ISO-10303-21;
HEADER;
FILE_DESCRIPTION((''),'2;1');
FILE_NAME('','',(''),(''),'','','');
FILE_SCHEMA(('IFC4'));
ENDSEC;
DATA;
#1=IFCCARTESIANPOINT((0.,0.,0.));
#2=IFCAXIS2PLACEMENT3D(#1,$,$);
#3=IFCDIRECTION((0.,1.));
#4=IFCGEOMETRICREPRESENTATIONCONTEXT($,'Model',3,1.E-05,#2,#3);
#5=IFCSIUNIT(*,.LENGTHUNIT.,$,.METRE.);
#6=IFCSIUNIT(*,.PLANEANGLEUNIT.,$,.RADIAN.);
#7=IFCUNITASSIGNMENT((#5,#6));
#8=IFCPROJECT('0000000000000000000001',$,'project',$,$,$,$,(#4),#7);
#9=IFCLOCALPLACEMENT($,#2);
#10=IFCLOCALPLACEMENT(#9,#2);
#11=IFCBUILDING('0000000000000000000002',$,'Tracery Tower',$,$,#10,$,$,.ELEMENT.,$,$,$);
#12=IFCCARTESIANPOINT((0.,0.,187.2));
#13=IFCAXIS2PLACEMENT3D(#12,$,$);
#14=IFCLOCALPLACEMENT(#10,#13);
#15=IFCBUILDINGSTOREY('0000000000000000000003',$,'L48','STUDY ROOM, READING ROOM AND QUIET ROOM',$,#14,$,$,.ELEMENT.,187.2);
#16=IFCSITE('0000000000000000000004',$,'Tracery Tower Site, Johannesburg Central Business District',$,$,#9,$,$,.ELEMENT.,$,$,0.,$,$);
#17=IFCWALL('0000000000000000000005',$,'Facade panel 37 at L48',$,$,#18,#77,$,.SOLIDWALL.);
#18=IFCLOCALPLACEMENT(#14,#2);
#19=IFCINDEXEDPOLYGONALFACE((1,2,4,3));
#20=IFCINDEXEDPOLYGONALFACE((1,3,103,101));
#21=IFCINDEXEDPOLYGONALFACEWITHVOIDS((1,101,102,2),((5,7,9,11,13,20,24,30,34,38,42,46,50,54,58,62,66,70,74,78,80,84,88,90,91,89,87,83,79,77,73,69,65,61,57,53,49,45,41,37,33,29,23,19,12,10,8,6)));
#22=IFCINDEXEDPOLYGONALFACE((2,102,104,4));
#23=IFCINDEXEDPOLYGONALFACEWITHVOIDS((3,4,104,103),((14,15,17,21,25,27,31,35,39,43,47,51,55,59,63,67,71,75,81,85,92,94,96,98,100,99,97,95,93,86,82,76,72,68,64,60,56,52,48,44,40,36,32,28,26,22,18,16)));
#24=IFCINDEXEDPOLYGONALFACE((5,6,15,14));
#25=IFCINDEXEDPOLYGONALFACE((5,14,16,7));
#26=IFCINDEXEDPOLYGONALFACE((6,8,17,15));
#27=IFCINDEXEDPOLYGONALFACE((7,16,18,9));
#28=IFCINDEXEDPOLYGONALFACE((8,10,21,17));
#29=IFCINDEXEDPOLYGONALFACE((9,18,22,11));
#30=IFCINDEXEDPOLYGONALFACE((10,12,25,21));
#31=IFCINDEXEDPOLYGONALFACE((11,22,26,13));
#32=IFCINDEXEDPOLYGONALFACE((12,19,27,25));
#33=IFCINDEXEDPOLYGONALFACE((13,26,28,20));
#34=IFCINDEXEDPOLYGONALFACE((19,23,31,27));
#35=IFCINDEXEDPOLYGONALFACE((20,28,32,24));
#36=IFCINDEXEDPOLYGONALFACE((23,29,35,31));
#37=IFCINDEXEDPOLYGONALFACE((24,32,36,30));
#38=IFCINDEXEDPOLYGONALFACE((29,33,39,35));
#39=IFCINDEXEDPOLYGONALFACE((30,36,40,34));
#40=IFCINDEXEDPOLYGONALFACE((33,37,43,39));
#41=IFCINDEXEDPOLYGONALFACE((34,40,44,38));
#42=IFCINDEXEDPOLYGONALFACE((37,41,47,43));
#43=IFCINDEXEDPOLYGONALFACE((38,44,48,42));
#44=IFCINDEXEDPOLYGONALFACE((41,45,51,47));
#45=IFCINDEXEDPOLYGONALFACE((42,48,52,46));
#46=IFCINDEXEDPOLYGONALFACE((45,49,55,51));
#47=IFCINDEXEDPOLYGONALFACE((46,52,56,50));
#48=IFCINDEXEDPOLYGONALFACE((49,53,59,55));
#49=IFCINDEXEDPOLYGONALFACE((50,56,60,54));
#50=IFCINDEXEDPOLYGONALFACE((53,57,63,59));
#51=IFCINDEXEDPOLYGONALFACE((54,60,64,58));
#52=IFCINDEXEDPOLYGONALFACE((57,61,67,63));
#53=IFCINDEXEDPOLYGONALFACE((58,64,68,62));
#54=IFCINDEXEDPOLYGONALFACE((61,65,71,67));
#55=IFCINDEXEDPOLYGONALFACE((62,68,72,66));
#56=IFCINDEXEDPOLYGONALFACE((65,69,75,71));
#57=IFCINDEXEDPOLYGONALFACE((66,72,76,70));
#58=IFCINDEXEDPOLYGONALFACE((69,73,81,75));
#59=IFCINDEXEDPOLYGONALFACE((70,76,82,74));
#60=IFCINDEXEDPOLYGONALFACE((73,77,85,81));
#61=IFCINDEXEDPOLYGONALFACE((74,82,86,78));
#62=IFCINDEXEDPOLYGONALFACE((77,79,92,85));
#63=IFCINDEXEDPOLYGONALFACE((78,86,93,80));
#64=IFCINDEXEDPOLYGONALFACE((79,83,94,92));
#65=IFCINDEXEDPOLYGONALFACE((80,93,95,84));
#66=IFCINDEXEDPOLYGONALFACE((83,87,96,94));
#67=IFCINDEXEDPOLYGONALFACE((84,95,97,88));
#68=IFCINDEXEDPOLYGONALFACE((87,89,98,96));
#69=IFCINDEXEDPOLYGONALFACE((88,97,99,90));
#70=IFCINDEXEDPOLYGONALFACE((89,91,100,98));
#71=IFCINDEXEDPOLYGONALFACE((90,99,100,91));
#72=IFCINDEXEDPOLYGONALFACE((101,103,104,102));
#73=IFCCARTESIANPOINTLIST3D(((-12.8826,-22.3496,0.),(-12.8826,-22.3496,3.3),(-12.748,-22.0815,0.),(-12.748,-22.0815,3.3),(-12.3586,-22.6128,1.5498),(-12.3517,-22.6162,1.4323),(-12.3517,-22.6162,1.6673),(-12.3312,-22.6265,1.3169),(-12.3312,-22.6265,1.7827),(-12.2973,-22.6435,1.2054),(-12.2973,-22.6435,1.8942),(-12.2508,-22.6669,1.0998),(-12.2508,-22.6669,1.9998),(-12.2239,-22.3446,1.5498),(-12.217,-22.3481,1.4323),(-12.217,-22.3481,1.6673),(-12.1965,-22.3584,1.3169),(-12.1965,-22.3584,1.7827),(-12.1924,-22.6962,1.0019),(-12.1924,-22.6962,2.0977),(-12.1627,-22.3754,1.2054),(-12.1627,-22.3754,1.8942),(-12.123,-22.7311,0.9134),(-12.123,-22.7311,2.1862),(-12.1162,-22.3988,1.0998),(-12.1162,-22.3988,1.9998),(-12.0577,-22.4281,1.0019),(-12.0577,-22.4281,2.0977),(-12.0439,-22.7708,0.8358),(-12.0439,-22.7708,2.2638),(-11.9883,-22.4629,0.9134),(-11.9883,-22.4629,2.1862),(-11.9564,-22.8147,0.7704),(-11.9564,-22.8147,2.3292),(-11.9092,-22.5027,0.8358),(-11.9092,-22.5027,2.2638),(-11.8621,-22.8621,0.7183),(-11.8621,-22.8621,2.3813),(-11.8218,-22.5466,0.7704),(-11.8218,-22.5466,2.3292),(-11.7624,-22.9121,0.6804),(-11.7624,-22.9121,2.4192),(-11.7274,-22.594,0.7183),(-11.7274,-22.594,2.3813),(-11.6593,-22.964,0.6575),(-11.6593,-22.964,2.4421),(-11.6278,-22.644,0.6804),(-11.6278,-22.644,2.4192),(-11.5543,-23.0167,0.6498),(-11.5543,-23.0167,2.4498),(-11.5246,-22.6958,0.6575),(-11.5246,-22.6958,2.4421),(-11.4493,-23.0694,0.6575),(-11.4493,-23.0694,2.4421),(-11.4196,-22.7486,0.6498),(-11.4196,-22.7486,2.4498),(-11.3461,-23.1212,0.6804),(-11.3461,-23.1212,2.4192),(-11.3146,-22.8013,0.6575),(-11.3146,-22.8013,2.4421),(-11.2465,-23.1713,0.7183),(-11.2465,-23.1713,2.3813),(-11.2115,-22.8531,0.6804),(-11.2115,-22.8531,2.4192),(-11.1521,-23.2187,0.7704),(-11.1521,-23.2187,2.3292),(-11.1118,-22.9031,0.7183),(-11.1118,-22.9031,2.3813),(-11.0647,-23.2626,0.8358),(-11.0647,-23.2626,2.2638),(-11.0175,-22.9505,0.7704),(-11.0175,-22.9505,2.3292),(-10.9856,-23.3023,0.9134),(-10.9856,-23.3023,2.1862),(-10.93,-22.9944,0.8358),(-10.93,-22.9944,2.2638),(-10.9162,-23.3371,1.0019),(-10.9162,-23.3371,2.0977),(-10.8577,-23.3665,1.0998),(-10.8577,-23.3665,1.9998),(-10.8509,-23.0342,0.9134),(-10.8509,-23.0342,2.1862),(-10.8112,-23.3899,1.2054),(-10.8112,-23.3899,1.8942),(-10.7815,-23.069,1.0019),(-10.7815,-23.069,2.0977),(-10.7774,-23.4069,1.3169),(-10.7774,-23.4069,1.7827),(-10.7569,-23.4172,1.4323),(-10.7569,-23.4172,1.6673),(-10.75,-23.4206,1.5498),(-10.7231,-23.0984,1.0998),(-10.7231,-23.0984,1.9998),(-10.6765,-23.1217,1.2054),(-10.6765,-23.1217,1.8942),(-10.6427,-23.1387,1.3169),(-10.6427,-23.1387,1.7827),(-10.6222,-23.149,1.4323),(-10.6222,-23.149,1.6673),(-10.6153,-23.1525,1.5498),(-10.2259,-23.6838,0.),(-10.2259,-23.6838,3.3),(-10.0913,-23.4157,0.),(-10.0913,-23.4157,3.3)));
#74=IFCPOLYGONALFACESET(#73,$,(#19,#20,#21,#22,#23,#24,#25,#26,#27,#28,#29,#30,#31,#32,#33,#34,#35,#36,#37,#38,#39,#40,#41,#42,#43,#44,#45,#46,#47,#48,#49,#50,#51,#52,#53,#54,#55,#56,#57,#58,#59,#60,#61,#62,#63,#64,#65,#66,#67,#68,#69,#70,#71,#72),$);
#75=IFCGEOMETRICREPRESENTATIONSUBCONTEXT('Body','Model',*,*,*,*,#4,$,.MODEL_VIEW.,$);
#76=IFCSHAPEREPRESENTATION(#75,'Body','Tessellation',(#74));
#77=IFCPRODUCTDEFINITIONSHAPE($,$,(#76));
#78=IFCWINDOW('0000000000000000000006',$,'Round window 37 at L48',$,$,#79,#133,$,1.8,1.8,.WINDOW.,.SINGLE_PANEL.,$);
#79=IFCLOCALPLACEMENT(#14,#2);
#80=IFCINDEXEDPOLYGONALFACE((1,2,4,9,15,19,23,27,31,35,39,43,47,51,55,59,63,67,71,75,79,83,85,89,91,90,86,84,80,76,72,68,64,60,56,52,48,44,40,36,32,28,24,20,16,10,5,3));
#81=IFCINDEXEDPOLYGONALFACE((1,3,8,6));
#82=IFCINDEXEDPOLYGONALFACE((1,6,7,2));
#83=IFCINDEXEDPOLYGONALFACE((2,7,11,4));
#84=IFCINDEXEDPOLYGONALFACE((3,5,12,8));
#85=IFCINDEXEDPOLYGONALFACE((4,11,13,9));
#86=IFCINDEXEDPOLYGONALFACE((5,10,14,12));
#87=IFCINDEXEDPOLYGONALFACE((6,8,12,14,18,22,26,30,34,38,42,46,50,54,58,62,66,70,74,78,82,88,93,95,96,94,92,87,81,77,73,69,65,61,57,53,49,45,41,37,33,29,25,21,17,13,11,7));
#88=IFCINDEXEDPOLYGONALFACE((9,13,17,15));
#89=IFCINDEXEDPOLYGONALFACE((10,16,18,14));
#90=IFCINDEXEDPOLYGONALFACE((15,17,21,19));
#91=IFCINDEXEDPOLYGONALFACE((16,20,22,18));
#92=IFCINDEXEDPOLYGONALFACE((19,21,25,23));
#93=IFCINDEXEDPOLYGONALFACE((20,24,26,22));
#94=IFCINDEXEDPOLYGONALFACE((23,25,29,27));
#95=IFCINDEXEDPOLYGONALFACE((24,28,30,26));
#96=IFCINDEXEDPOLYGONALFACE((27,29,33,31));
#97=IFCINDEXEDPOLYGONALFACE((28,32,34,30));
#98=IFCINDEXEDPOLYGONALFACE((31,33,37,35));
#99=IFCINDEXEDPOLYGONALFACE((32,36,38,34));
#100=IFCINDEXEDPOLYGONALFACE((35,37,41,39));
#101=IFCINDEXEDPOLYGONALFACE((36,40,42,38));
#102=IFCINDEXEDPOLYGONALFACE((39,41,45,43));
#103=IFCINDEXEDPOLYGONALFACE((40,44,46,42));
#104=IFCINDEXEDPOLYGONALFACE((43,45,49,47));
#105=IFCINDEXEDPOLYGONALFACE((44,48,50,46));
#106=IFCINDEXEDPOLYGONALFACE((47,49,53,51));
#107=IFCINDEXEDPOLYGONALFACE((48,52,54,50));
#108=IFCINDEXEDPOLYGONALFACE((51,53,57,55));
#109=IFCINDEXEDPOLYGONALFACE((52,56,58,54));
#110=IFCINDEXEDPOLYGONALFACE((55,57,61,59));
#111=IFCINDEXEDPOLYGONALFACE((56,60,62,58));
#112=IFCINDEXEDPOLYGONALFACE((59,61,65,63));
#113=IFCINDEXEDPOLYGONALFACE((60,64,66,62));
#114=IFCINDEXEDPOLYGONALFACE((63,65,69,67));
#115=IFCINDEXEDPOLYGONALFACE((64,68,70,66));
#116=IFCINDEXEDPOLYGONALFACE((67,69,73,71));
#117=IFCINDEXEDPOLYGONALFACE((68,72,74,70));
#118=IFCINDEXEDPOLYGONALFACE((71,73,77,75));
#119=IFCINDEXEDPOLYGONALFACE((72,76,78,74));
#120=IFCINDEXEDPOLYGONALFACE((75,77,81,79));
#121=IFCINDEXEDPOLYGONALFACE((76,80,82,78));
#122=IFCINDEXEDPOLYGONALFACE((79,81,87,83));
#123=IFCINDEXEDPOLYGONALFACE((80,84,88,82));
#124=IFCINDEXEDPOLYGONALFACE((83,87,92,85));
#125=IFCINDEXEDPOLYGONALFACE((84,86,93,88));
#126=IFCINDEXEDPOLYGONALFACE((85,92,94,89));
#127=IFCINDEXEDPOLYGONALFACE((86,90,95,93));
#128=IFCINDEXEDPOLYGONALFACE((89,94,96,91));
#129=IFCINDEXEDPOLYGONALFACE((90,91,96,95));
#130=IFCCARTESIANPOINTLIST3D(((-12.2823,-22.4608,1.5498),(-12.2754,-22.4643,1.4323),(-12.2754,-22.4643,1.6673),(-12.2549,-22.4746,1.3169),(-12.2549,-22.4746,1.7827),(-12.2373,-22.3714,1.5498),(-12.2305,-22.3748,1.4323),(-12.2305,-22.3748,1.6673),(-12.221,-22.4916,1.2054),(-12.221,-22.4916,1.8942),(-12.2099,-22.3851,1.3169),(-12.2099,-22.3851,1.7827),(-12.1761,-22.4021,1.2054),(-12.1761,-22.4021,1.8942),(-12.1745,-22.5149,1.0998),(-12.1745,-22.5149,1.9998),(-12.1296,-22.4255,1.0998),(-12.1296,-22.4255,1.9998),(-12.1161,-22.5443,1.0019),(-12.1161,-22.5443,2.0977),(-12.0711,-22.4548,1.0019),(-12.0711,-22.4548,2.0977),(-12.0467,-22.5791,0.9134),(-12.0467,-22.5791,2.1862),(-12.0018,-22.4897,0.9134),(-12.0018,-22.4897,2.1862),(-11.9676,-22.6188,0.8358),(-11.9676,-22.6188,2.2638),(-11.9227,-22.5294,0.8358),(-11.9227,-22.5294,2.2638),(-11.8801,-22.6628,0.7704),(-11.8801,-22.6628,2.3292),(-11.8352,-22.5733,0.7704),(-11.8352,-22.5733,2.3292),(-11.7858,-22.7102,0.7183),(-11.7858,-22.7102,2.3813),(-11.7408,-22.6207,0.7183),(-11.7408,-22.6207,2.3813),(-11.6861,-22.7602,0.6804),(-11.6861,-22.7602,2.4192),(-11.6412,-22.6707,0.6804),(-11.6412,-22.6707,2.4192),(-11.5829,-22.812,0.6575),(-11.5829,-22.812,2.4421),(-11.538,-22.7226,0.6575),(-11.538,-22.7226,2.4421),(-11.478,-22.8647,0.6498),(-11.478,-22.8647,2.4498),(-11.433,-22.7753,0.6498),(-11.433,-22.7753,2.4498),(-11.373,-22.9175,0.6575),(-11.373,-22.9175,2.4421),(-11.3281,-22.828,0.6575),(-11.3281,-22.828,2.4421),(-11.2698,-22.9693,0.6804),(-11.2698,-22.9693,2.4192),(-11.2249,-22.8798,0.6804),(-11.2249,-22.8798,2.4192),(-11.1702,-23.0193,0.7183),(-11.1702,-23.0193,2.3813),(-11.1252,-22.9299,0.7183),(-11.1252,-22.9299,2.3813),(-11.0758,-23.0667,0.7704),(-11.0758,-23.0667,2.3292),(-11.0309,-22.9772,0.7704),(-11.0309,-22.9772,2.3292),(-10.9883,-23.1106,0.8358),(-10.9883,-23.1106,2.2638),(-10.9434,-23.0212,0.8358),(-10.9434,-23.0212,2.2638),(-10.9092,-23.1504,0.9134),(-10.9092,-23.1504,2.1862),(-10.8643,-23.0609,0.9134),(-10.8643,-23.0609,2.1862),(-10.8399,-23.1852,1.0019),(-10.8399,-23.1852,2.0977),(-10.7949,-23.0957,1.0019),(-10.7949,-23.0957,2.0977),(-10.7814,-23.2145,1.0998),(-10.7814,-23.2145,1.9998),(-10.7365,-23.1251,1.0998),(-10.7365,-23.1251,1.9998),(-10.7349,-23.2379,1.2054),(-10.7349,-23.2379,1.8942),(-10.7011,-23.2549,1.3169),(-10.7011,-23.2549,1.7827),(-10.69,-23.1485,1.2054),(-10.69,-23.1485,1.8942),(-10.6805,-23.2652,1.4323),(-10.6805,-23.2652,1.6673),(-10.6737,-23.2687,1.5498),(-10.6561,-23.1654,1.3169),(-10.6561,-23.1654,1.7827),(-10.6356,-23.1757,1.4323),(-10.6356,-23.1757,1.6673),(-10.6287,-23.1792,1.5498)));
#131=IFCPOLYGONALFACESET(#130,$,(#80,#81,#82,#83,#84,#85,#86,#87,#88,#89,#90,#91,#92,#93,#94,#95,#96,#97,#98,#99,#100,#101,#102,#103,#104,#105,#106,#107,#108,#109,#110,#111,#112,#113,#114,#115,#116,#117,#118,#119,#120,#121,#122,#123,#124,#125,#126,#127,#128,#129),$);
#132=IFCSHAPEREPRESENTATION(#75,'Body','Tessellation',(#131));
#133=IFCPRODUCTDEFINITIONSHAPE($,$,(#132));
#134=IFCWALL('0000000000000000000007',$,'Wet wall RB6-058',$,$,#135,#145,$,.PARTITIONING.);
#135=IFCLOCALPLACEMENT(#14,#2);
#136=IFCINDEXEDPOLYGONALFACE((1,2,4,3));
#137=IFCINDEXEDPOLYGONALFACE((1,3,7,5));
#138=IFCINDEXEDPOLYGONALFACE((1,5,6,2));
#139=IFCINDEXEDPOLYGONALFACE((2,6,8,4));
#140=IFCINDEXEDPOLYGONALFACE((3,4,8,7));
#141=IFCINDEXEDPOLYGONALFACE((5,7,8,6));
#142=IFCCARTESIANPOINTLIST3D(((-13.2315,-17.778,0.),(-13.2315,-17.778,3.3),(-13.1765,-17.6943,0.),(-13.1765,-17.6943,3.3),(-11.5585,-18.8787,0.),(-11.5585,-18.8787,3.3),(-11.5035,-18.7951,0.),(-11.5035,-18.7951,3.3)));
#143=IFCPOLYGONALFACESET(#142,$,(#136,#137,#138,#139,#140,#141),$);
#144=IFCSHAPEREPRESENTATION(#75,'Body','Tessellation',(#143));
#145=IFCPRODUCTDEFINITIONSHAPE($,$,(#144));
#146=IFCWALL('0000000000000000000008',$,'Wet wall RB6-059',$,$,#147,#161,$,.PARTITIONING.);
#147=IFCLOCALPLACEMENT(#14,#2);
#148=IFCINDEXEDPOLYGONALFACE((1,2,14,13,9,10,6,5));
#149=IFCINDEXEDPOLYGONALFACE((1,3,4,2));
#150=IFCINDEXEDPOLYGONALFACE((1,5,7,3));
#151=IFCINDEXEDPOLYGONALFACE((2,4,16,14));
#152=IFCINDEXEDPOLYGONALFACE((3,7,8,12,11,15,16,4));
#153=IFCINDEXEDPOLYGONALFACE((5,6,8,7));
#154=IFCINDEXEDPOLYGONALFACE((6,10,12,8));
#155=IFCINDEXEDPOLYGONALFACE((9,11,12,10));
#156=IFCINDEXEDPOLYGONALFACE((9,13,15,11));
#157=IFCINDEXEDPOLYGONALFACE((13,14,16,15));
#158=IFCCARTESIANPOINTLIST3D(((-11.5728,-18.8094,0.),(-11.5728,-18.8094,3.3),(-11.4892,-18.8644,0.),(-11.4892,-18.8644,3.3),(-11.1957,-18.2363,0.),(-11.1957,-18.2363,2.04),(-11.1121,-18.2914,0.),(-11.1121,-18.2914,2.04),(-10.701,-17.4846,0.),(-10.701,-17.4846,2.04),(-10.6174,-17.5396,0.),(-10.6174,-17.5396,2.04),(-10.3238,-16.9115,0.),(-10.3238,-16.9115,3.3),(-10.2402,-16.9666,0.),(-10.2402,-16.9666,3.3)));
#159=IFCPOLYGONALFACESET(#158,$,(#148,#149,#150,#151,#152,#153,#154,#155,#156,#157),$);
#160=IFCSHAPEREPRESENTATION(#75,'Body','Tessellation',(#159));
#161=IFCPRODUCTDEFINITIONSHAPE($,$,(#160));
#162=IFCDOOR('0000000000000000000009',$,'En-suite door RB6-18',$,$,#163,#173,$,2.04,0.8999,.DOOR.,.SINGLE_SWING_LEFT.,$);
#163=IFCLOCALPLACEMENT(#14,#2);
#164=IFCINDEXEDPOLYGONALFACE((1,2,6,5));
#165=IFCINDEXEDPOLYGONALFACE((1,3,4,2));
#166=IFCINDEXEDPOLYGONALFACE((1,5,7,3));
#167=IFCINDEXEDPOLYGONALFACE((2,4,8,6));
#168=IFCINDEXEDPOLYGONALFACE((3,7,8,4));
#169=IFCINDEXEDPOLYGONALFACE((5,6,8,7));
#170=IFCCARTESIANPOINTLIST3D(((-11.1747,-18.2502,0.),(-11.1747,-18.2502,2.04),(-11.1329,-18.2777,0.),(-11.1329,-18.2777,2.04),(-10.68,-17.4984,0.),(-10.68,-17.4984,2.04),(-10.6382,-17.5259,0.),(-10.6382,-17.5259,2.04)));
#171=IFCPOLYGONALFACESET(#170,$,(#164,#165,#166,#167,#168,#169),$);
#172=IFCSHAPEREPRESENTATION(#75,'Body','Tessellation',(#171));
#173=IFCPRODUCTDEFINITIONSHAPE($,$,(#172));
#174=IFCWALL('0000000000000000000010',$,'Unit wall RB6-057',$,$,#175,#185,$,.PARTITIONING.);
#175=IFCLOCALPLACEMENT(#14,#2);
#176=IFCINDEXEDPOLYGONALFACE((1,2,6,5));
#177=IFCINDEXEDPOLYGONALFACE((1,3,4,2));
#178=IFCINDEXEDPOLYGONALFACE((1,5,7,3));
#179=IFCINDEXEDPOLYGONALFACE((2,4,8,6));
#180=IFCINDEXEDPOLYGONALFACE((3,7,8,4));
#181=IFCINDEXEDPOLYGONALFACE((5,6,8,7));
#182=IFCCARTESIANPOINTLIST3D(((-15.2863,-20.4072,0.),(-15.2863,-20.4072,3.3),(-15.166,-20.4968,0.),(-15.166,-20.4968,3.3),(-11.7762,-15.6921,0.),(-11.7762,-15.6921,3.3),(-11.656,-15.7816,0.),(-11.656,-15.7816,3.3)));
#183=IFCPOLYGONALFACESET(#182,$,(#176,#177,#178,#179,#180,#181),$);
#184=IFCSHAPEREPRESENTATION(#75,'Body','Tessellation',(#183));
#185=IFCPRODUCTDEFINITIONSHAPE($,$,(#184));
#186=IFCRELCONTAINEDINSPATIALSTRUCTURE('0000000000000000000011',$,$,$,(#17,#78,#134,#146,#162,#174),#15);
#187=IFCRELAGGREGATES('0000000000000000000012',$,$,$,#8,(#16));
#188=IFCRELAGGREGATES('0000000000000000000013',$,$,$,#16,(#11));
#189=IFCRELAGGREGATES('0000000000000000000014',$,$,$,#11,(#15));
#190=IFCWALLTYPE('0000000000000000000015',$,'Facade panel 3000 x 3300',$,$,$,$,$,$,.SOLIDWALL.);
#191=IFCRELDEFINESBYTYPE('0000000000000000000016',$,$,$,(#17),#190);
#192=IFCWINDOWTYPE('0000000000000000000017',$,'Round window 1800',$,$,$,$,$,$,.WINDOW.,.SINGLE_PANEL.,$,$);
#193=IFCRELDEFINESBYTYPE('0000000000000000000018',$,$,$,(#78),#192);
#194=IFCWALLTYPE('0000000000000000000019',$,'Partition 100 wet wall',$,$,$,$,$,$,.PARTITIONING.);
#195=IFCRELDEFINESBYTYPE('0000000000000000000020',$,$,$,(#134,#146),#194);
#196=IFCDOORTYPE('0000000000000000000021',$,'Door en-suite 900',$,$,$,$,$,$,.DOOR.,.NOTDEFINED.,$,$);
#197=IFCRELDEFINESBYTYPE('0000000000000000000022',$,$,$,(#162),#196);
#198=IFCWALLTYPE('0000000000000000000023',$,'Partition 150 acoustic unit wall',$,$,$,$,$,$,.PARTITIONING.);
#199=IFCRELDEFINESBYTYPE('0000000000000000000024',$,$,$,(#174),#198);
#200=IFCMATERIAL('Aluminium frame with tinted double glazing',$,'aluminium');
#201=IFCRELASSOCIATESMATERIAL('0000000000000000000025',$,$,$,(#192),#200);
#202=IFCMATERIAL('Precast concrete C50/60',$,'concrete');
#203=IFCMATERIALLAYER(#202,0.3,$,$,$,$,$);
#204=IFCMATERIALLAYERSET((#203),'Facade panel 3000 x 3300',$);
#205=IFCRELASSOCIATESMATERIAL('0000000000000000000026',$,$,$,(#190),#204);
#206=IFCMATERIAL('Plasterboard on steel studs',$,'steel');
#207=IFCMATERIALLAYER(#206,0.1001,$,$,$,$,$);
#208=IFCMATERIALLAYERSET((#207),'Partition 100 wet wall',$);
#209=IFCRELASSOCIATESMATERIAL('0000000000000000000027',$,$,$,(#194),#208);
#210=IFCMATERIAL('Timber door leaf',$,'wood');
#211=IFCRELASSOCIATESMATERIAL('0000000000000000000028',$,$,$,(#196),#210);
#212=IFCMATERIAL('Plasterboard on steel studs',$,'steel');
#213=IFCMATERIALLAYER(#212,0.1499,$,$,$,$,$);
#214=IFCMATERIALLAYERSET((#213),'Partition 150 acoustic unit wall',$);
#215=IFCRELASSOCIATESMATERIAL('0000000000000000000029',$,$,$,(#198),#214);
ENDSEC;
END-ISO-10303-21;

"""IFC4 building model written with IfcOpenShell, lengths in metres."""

from ifc_helpers import new_model, si_unit, direction, frame, frame_2d, origin, origin_2d, place, context, subcontext, project, spatial, rectangle, circle, extrude, material, layer, layer_set, type_object, element, fill, save


model = new_model("IFC4")

# Units and contexts
model_context = context("Model", 3, precision=1e-05, world=origin(), true_north=direction((0.0, 1.0)))
body_context = subcontext(model_context, "Body", "Model", "MODEL_VIEW")
ifc_project = project(units=[si_unit("LENGTHUNIT", "METRE"), si_unit("PLANEANGLEUNIT", "RADIAN")], contexts=[model_context])

# Site, building, storey
site_placement = place(None, origin())
site = spatial("IfcSite", under=ifc_project, at=site_placement, Name="Tracery Tower Site, Johannesburg Central Business District", CompositionType="ELEMENT", RefElevation=0.0)
building_placement = place(site_placement, origin())
building = spatial("IfcBuilding", under=site, at=building_placement, Name="Tracery Tower", CompositionType="ELEMENT")
storey_placement = place(building_placement, frame((0.0, 0.0, 187.2)))
storey = spatial("IfcBuildingStorey", under=building, at=storey_placement, Name="L48", Description="STUDY ROOM, READING ROOM AND QUIET ROOM", CompositionType="ELEMENT", Elevation=187.2)

# Wall, opening, window
ifc_material_1 = material(Name="Aluminium frame with tinted double glazing", Category="aluminium")
window_type = type_object("IfcWindowType", Name="Round window 1800", PartitioningType="SINGLE_PANEL", PredefinedType="WINDOW", material=ifc_material_1)
ifc_material_2 = material(Name="Precast concrete C50/60", Category="concrete")
ifc_layer_1 = layer(ifc_material_2, 0.3)
ifc_layer_set_1 = layer_set([ifc_layer_1], Name="Facade panel 3000 x 3300")
wall_type_1 = type_object("IfcWallType", Name="Facade panel 3000 x 3300", PredefinedType="SOLIDWALL", material=ifc_layer_set_1)
wall_1_placement = place(storey_placement, frame((-12.8152, -22.2156, 0.0), z_axis=(0.0, 0.0, 1.0), x_axis=(0.893637, -0.44879, 0.0)))
wall_1 = element("IfcWall", 1, at=wall_1_placement, inside=storey, type_object=wall_type_1, Name="Facade panel 37 at L48", PredefinedType="SOLIDWALL", context=body_context, shape_type="SweptSolid", body=[
    extrude(rectangle(XDim=2.9729, YDim=0.3, at=frame_2d((1.4863, 0.0))), origin(), (0.0, 0.0, 1.0), 3.3),
])
opening_1_placement = place(wall_1_placement, frame((1.4863, 0.0, 1.5498)))
opening_1 = element("IfcOpeningElement", 2, at=opening_1_placement, cuts=wall_1, PredefinedType="OPENING", context=body_context, shape_type="SweptSolid", body=[
    extrude(circle(Radius=0.9, at=origin_2d()), frame((0.0, 0.1599, 0.0), z_axis=(0.0, -1.0, 0.0), x_axis=(1.0, 0.0, 0.0)), (0.0, 0.0, 1.0), 0.3201),
])
window_1_placement = place(opening_1_placement, origin())
window_1 = element("IfcWindow", 3, at=window_1_placement, inside=storey, type_object=window_type, Name="Round window 37 at L48", OverallHeight=1.8, OverallWidth=1.8, PartitioningType="SINGLE_PANEL", PredefinedType="WINDOW", context=body_context, shape_type="SweptSolid", body=[
    extrude(circle(Radius=0.9, at=origin_2d()), frame((0.0, 0.1201, 0.0), z_axis=(0.0, -1.0, 0.0), x_axis=(1.0, 0.0, 0.0)), (0.0, 0.0, 1.0), 0.1001),
])
fill(opening_1, window_1)

# Wall
ifc_material_3 = material(Name="Plasterboard on steel studs", Category="steel")
ifc_layer_2 = layer(ifc_material_3, 0.1001)
ifc_layer_set_2 = layer_set([ifc_layer_2], Name="Partition 100 wet wall")
wall_type_2 = type_object("IfcWallType", Name="Partition 100 wet wall", PredefinedType="PARTITIONING", material=ifc_layer_set_2)
wall_2_placement = place(storey_placement, frame((-13.2041, -17.7361, 0.0), z_axis=(0.0, 0.0, 1.0), x_axis=(0.835392, -0.549655, 0.0)))
element("IfcWall", 4, at=wall_2_placement, inside=storey, type_object=wall_type_2, Name="Wet wall RB6-058", PredefinedType="PARTITIONING", context=body_context, shape_type="SweptSolid", body=[
    extrude(rectangle(XDim=2.0027, YDim=0.1001, at=frame_2d((1.0015, 0.0))), origin(), (0.0, 0.0, 1.0), 3.3),
])

# Wall, opening, door
wall_3_placement = place(storey_placement, frame((-11.531, -18.8369, 0.0), z_axis=(0.0, 0.0, 1.0), x_axis=(0.549731, 0.835342, 0.0)))
wall_3 = element("IfcWall", 5, at=wall_3_placement, inside=storey, type_object=wall_type_2, Name="Wet wall RB6-059", PredefinedType="PARTITIONING", context=body_context, shape_type="SweptSolid", body=[
    extrude(rectangle(XDim=2.272, YDim=0.1001, at=frame_2d((1.136, 0.0))), origin(), (0.0, 0.0, 1.0), 3.3),
])
opening_2_placement = place(wall_3_placement, frame((0.686, 0.0, 0.0)))
opening_2 = element("IfcOpeningElement", 6, at=opening_2_placement, cuts=wall_3, PredefinedType="OPENING", context=body_context, shape_type="SweptSolid", body=[
    extrude(rectangle(XDim=0.8999, YDim=2.04, at=frame_2d((0.45, 1.02))), frame((0.0, 0.05, 0.0), z_axis=(0.0, -1.0, 0.0), x_axis=(1.0, 0.0, 0.0)), (0.0, 0.0, 1.0), 0.1001),
])
ifc_material_4 = material(Name="Timber door leaf", Category="wood")
door_type = type_object("IfcDoorType", Name="Door en-suite 900", OperationType="NOTDEFINED", PredefinedType="DOOR", material=ifc_material_4)
door_placement = place(opening_2_placement, origin())
door = element("IfcDoor", 7, at=door_placement, inside=storey, type_object=door_type, Name="En-suite door RB6-18", OperationType="SINGLE_SWING_LEFT", OverallHeight=2.04, OverallWidth=0.8999, PredefinedType="DOOR", context=body_context, shape_type="SweptSolid", body=[
    extrude(rectangle(XDim=0.8999, YDim=2.04, at=frame_2d((0.45, 1.02))), frame((0.0, 0.0249, 0.0), z_axis=(0.0, -1.0, 0.0), x_axis=(1.0, 0.0, 0.0)), (0.0, 0.0, 1.0), 0.05),
])
fill(opening_2, door)

# Wall
ifc_material_5 = material(Name="Plasterboard on steel studs", Category="steel")
ifc_layer_3 = layer(ifc_material_5, 0.1499)
ifc_layer_set_3 = layer_set([ifc_layer_3], Name="Partition 150 acoustic unit wall")
wall_type_3 = type_object("IfcWallType", Name="Partition 150 acoustic unit wall", PredefinedType="PARTITIONING", material=ifc_layer_set_3)
wall_4_placement = place(storey_placement, frame((-15.2261, -20.4519, 0.0), z_axis=(0.0, 0.0, 1.0), x_axis=(0.597132, 0.802143, 0.0)))
element("IfcWall", 8, at=wall_4_placement, inside=storey, type_object=wall_type_3, Name="Unit wall RB6-057", PredefinedType="PARTITIONING", context=body_context, shape_type="SweptSolid", body=[
    extrude(rectangle(XDim=5.8782, YDim=0.1499, at=frame_2d((2.939, 0.0))), origin(), (0.0, 0.0, 1.0), 3.3),
])

save(model, "model.ifc")
